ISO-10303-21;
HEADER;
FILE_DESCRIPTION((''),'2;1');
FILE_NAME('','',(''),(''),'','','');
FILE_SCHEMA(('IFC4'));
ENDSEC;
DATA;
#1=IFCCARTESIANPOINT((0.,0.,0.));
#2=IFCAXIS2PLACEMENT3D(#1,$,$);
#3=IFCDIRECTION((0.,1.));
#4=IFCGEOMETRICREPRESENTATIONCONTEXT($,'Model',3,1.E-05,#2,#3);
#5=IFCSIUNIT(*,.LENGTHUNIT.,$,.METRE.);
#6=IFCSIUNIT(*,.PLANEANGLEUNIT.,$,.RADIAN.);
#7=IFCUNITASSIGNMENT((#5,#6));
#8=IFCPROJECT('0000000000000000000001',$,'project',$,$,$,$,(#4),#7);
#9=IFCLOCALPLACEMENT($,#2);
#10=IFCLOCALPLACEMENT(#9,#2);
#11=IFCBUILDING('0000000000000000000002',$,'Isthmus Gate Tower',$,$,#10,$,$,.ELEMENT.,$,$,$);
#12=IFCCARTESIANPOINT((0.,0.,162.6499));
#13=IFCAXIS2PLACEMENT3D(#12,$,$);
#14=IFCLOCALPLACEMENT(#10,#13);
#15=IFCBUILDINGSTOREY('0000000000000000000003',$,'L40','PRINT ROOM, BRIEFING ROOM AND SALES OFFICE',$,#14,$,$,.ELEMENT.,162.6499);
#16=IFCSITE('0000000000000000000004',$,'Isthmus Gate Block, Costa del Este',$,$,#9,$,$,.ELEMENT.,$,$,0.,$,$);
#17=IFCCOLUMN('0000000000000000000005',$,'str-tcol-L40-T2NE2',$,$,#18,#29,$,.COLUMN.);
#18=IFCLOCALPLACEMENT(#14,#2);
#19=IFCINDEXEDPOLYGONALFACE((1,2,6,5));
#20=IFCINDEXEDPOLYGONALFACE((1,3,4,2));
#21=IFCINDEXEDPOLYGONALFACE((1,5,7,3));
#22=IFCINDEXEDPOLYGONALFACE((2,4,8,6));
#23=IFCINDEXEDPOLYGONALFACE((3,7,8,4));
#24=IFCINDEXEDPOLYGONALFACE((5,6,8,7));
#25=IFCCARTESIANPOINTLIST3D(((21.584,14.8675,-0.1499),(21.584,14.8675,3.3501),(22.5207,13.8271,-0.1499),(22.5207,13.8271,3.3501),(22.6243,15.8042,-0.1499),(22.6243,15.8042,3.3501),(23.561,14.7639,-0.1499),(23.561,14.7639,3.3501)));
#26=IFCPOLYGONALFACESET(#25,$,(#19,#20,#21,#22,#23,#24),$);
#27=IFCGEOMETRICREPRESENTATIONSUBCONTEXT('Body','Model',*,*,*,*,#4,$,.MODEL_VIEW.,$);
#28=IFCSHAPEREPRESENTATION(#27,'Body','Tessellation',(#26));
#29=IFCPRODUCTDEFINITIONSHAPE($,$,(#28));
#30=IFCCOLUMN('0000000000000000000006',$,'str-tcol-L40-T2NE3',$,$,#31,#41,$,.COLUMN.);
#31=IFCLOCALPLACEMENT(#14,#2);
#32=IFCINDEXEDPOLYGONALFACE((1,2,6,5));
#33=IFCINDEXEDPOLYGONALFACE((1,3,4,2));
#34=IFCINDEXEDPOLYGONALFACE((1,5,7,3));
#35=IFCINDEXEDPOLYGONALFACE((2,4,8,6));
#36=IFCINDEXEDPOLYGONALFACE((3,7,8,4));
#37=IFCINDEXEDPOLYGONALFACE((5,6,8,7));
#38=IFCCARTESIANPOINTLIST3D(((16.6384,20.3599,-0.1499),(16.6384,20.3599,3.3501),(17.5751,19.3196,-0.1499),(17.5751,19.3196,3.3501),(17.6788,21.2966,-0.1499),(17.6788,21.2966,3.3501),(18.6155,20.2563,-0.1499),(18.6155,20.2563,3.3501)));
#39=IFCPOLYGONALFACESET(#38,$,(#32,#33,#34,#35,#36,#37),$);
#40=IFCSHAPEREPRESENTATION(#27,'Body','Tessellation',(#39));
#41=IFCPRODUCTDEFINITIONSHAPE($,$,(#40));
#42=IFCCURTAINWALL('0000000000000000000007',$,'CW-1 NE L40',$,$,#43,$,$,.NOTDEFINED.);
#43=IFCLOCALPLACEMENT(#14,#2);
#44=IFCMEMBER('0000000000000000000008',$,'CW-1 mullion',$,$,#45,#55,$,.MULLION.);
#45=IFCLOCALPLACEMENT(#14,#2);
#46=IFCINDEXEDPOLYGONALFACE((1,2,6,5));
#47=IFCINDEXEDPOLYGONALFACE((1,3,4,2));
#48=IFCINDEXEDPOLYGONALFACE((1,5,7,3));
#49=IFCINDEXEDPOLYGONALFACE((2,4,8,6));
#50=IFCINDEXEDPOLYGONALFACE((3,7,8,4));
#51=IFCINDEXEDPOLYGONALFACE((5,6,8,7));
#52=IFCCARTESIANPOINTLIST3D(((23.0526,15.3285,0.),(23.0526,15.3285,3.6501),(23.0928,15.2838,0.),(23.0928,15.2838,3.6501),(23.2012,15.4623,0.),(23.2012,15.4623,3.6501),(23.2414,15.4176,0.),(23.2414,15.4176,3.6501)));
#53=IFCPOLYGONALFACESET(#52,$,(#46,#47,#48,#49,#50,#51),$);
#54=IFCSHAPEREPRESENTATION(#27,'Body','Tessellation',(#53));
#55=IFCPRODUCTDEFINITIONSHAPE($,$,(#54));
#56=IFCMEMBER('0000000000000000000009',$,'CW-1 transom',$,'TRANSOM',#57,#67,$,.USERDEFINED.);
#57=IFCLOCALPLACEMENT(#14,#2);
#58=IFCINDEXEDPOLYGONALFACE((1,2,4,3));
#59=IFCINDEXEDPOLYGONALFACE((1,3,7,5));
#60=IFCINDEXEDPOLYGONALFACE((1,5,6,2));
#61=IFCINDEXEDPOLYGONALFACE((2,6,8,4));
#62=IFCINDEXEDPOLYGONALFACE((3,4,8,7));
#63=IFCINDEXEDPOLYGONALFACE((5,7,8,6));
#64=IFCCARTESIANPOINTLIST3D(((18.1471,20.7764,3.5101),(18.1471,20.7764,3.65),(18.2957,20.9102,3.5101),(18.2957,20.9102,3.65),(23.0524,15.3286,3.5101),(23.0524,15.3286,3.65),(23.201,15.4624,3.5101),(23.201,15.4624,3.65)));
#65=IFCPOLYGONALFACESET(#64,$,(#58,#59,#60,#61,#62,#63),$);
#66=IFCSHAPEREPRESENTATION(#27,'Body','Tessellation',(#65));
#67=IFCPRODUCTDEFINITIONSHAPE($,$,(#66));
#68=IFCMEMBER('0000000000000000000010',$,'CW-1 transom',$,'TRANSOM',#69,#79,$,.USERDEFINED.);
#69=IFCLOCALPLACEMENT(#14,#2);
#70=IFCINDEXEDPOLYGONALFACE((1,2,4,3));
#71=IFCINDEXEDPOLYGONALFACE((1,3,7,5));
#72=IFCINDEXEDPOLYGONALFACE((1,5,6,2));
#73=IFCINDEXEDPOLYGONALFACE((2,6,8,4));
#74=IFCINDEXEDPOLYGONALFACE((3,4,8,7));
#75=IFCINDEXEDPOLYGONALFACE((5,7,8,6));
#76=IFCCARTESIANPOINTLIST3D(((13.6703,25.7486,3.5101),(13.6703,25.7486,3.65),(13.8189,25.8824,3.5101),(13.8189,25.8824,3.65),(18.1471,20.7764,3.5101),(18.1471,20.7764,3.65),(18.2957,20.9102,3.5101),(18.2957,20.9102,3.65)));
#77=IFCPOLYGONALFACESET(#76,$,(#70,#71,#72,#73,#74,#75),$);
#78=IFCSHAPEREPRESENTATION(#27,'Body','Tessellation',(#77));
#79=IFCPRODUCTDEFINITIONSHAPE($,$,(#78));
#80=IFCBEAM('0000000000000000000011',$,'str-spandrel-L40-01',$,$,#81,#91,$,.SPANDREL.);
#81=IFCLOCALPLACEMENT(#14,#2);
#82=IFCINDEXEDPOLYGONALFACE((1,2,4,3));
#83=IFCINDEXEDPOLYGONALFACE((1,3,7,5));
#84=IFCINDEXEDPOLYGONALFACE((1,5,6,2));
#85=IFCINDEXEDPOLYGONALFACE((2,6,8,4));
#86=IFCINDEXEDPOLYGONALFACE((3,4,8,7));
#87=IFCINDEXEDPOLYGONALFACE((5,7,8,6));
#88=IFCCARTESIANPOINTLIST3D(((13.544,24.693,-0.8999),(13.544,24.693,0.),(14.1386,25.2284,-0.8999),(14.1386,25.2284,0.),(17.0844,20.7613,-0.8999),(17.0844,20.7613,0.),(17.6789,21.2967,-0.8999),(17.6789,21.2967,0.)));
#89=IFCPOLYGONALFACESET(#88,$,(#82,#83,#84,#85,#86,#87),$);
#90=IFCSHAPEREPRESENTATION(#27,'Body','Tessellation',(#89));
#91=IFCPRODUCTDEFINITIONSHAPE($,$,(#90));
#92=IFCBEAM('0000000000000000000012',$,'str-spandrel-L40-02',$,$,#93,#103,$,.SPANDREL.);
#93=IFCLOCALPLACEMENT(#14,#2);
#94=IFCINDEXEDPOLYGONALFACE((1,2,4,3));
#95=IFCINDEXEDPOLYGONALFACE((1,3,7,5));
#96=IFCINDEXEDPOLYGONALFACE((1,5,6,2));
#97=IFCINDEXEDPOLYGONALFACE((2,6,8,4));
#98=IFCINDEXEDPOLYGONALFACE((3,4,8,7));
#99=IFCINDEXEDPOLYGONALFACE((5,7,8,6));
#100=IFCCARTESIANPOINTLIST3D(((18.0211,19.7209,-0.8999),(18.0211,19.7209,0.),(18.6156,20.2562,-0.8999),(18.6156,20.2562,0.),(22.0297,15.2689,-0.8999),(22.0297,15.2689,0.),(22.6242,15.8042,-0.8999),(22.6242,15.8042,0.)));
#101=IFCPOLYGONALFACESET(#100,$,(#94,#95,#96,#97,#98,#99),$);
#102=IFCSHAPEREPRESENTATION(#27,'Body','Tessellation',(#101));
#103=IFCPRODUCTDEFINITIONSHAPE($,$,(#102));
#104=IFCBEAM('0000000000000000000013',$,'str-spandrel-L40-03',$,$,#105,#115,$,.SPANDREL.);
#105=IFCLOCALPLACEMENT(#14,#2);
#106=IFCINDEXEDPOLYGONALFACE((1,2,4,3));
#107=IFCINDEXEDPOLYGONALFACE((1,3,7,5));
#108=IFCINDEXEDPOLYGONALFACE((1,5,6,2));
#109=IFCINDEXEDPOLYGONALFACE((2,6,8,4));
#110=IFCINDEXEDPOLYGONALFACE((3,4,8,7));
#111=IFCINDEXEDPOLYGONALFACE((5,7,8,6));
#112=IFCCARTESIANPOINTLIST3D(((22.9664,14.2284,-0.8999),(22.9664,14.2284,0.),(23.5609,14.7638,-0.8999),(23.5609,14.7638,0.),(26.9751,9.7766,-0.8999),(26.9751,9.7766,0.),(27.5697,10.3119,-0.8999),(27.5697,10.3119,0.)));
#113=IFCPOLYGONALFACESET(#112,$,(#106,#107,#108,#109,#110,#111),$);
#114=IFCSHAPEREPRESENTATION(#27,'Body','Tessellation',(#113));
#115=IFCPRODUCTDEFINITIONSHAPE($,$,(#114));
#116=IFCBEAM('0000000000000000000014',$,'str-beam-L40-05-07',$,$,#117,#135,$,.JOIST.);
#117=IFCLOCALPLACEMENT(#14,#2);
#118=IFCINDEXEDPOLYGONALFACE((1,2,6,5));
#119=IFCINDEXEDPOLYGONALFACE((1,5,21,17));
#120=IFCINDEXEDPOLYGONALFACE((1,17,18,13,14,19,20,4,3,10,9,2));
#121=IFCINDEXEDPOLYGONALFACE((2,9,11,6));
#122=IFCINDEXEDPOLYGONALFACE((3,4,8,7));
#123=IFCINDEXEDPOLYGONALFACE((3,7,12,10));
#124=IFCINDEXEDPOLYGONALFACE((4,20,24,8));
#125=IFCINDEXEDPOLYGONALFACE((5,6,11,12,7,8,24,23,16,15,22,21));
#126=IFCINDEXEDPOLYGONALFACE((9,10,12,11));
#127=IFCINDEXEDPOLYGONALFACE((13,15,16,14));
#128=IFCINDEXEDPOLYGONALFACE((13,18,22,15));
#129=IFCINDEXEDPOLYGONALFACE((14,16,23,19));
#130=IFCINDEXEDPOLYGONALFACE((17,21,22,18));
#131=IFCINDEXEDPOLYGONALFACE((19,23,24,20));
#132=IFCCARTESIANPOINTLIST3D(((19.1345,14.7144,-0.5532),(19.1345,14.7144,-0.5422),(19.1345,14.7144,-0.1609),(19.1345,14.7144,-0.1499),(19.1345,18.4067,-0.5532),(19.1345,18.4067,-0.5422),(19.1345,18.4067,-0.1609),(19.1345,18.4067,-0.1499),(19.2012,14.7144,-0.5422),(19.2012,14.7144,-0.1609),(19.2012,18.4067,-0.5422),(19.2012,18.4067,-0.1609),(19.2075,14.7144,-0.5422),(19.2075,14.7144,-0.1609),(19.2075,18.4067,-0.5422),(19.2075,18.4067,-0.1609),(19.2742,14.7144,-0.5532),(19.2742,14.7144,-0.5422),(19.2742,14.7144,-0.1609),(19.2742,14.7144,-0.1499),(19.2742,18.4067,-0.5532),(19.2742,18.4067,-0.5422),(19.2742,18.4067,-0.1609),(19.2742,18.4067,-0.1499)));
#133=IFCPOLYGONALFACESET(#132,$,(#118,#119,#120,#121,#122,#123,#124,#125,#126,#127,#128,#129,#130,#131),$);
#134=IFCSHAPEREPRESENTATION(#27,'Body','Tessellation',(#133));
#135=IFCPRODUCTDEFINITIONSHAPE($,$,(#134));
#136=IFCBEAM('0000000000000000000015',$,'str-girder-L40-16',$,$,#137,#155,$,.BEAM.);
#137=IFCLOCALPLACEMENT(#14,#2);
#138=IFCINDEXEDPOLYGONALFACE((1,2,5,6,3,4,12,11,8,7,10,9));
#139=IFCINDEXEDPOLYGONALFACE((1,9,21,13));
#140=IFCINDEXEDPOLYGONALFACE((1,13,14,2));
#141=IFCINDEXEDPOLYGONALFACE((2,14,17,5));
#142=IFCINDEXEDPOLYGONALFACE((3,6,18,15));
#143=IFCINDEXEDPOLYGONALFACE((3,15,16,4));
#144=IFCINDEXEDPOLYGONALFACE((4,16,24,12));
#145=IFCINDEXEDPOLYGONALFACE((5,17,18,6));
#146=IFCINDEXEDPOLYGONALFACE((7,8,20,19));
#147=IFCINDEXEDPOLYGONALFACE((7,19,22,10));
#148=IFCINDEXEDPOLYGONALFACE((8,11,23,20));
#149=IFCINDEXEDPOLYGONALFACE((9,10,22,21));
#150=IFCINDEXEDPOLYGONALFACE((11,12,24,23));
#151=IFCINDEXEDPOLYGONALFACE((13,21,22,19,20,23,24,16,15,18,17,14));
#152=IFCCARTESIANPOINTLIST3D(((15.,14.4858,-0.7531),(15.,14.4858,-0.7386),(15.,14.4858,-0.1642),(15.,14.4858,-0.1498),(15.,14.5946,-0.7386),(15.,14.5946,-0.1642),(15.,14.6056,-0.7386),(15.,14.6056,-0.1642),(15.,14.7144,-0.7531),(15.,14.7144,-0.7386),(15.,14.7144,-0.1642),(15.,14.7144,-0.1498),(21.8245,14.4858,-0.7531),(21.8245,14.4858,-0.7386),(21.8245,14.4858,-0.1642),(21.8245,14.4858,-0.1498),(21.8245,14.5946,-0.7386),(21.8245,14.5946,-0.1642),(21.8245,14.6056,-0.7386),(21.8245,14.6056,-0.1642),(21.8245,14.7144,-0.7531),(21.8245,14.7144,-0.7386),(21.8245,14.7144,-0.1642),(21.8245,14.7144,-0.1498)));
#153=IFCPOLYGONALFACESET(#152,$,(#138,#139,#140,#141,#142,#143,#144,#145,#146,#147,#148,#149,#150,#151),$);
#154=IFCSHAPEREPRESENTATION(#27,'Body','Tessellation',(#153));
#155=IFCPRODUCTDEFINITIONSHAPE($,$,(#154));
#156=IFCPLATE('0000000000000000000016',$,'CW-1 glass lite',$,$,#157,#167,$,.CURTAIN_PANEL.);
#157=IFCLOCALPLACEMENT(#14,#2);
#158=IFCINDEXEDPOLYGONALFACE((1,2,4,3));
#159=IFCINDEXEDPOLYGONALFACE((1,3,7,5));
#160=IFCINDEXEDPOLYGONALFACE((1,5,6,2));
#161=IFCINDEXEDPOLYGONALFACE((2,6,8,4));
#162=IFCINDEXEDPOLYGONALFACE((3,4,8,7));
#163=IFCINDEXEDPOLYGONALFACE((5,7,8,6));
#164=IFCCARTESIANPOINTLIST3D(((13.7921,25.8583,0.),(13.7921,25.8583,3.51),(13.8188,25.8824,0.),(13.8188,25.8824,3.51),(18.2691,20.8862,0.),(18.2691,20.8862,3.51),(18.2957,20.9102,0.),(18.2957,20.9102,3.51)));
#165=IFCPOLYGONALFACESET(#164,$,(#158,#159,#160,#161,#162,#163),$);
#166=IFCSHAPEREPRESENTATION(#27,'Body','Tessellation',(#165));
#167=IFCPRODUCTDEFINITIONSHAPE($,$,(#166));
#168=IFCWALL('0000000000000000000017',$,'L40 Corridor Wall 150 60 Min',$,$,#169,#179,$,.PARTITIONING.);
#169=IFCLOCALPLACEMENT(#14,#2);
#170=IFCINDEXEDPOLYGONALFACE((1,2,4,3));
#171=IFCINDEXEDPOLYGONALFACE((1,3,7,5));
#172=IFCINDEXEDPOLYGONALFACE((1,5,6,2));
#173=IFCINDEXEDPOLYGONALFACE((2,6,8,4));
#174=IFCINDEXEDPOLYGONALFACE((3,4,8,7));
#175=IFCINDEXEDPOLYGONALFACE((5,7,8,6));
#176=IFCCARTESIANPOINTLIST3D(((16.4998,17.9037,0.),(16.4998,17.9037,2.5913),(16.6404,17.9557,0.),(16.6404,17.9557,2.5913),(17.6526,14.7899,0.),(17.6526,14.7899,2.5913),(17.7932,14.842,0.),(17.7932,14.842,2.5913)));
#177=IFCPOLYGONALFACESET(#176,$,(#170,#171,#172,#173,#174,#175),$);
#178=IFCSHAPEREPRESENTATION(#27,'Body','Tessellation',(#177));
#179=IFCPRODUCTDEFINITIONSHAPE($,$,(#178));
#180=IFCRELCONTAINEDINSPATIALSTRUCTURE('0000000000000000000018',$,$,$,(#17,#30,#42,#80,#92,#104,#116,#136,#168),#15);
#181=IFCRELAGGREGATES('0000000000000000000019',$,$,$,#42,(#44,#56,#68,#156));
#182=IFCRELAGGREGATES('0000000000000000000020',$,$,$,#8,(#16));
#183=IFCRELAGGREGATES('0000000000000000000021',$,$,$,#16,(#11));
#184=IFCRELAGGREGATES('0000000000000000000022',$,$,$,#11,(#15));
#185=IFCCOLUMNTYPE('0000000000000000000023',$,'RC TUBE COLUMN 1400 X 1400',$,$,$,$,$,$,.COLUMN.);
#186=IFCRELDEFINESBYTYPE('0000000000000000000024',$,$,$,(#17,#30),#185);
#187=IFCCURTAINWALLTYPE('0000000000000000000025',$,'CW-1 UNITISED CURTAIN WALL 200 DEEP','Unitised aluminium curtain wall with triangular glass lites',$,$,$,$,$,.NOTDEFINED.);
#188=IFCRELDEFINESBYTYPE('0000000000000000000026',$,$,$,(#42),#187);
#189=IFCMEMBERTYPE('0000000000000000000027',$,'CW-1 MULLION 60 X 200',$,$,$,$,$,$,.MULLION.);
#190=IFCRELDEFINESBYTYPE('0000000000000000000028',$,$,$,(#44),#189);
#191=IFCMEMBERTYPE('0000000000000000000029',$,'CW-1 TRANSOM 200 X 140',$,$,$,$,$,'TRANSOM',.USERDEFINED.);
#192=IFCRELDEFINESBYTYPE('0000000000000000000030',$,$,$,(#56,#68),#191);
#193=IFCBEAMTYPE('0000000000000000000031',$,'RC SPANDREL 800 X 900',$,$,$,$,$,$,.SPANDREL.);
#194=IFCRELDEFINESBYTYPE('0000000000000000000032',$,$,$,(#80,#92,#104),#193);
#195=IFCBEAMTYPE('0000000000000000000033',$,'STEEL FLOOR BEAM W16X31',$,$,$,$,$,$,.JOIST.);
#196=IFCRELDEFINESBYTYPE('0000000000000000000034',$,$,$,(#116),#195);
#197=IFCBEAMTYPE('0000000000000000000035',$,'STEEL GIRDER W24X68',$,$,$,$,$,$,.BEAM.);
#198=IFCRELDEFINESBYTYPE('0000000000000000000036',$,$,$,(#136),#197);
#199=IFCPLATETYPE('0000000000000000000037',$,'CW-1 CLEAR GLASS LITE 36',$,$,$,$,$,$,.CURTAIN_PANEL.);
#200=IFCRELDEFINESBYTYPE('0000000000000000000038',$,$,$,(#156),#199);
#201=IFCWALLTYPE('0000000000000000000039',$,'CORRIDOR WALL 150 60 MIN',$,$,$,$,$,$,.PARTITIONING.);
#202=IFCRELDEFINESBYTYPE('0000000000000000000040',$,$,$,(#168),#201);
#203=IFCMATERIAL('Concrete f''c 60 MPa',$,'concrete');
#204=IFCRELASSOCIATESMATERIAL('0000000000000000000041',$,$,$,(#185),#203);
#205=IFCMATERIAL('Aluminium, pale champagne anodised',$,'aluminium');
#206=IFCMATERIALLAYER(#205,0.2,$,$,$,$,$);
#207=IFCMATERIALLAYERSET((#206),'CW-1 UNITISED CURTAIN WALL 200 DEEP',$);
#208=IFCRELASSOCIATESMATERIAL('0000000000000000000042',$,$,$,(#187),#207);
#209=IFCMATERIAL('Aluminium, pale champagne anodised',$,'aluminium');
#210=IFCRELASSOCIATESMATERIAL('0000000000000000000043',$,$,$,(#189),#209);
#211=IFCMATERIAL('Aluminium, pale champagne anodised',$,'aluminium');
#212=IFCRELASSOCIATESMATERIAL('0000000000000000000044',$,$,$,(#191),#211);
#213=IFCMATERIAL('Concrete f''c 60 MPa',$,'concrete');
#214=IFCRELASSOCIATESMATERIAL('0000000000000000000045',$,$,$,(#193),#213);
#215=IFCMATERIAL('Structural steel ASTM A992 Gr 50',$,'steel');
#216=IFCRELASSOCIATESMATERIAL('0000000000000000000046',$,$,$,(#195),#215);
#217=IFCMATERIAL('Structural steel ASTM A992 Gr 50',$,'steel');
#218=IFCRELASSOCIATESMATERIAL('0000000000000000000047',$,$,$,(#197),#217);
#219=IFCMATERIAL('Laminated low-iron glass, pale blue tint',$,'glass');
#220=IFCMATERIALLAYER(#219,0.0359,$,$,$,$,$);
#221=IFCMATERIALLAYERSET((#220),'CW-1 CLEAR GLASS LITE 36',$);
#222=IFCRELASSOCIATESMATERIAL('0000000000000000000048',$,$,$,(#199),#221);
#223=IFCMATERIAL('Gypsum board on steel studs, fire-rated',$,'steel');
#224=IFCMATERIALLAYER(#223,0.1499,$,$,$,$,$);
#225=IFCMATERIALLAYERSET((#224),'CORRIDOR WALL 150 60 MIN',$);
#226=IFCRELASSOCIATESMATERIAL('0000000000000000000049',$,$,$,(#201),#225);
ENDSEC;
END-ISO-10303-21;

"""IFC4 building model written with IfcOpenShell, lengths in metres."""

from ifc_helpers import new_model, si_unit, direction, frame, frame_2d, origin, origin_2d, place, context, subcontext, project, spatial, rectangle, i_section, extrude, material, layer, layer_set, material_profile, profile_set, type_object, element, aggregate, save


model = new_model("IFC4")

# Units and contexts
model_context = context("Model", 3, precision=1e-05, world=origin(), true_north=direction((0.0, 1.0)))
body_context = subcontext(model_context, "Body", "Model", "MODEL_VIEW")
ifc_project = project(units=[si_unit("LENGTHUNIT", "METRE"), si_unit("PLANEANGLEUNIT", "RADIAN")], contexts=[model_context])

# Site, building, storey
site_placement = place(None, origin())
site = spatial("IfcSite", under=ifc_project, at=site_placement, Name="Isthmus Gate Block, Costa del Este", CompositionType="ELEMENT", RefElevation=0.0)
building_placement = place(site_placement, origin())
building = spatial("IfcBuilding", under=site, at=building_placement, Name="Isthmus Gate Tower", CompositionType="ELEMENT")
storey_placement = place(building_placement, frame((0.0, 0.0, 162.6499)))
storey = spatial("IfcBuildingStorey", under=building, at=storey_placement, Name="L40", Description="PRINT ROOM, BRIEFING ROOM AND SALES OFFICE", CompositionType="ELEMENT", Elevation=162.6499)

# Columns
ifc_material_1 = material(Name="Concrete f'c 60 MPa", Category="concrete")
ifc_material_profile_1 = material_profile(ifc_material_1, rectangle(XDim=1.3999, YDim=1.3999, at=origin_2d()), Name="RC 1400X1400")
ifc_profile_set_1 = profile_set([ifc_material_profile_1], Name="Concrete f'c 60 MPa")
column_type = type_object("IfcColumnType", Name="RC TUBE COLUMN 1400 X 1400", PredefinedType="COLUMN", material=ifc_profile_set_1)
for number, where, z_axis, x_axis, name in (
    (1, (22.5725, 14.8157, -0.1499), (0.0, 0.0, 1.0), (-0.669131, 0.743145, 0.0), "str-tcol-L40-T2NE2"),
    (2, (17.627, 20.3081, -0.1499), (0.0, 0.0, 1.0), (-0.669131, 0.743145, 0.0), "str-tcol-L40-T2NE3"),
):
    element("IfcColumn", number, at=place(storey_placement, frame(where, z_axis=z_axis, x_axis=x_axis)), inside=storey, type_object=column_type, Name=name, PredefinedType="COLUMN", context=body_context, shape_type="SweptSolid", body=[
        extrude(rectangle(XDim=1.3999, YDim=1.3999, at=origin_2d()), origin(), (0.0, 0.0, 1.0), 3.5),
    ])

# Curtain wall, members
ifc_material_2 = material(Name="Aluminium, pale champagne anodised", Category="aluminium")
ifc_layer_1 = layer(ifc_material_2, 0.2)
ifc_layer_set_1 = layer_set([ifc_layer_1], Name="CW-1 UNITISED CURTAIN WALL 200 DEEP")
curtain_wall_type = type_object("IfcCurtainWallType", Name="CW-1 UNITISED CURTAIN WALL 200 DEEP", Description="Unitised aluminium curtain wall with triangular glass lites", PredefinedType="NOTDEFINED", material=ifc_layer_set_1)
curtain_wall_placement = place(storey_placement, origin())
curtain_wall = element("IfcCurtainWall", 3, at=curtain_wall_placement, inside=storey, type_object=curtain_wall_type, Name="CW-1 NE L40", PredefinedType="NOTDEFINED")
ifc_material_3 = material(Name="Aluminium, pale champagne anodised", Category="aluminium")
ifc_material_profile_2 = material_profile(ifc_material_3, rectangle(XDim=0.0601, YDim=0.2, at=origin_2d()), Name="60x200")
ifc_profile_set_2 = profile_set([ifc_material_profile_2], Name="Aluminium, pale champagne anodised")
member_type_1 = type_object("IfcMemberType", Name="CW-1 MULLION 60 X 200", PredefinedType="MULLION", material=ifc_profile_set_2)
member_1_placement = place(storey_placement, frame((23.147, 15.373, 0.0), z_axis=(0.0, 0.0, 1.0), x_axis=(-0.669131, 0.743145, 0.0)))
member_1 = element("IfcMember", 4, at=member_1_placement, type_object=member_type_1, Name="CW-1 mullion", PredefinedType="MULLION", context=body_context, shape_type="SweptSolid", body=[
    extrude(rectangle(XDim=0.0601, YDim=0.2, at=origin_2d()), origin(), (0.0, 0.0, 1.0), 3.6501),
])
ifc_material_4 = material(Name="Aluminium, pale champagne anodised", Category="aluminium")
ifc_material_profile_3 = material_profile(ifc_material_4, rectangle(XDim=0.2, YDim=0.1399, at=origin_2d()), Name="200x140")
ifc_profile_set_3 = profile_set([ifc_material_profile_3], Name="Aluminium, pale champagne anodised")
member_type_2 = type_object("IfcMemberType", Name="CW-1 TRANSOM 200 X 140", ElementType="TRANSOM", PredefinedType="USERDEFINED", material=ifc_profile_set_3)
member_2_placement = place(storey_placement, frame((23.1267, 15.3955, 3.5801), z_axis=(-0.669138, 0.743138, 0.0), x_axis=(-0.743138, -0.669138, 0.0)))
member_2 = element("IfcMember", 5, at=member_2_placement, type_object=member_type_2, Name="CW-1 transom", ObjectType="TRANSOM", PredefinedType="USERDEFINED", context=body_context, shape_type="SweptSolid", body=[
    extrude(rectangle(XDim=0.2, YDim=0.1399, at=origin_2d()), origin(), (0.0, 0.0, 1.0), 7.3308),
])
member_3_placement = place(storey_placement, frame((18.2214, 20.8433, 3.5801), z_axis=(-0.669118, 0.743156, 0.0), x_axis=(-0.743156, -0.669118, 0.0)))
member_3 = element("IfcMember", 6, at=member_3_placement, type_object=member_type_2, Name="CW-1 transom", ObjectType="TRANSOM", PredefinedType="USERDEFINED", context=body_context, shape_type="SweptSolid", body=[
    extrude(rectangle(XDim=0.2, YDim=0.1399, at=origin_2d()), origin(), (0.0, 0.0, 1.0), 6.6907),
])

# Beams
ifc_material_5 = material(Name="Concrete f'c 60 MPa", Category="concrete")
ifc_material_profile_4 = material_profile(ifc_material_5, rectangle(XDim=0.8, YDim=0.8999, at=origin_2d()), Name="RC 800X900")
ifc_profile_set_4 = profile_set([ifc_material_profile_4], Name="Concrete f'c 60 MPa")
beam_type_1 = type_object("IfcBeamType", Name="RC SPANDREL 800 X 900", PredefinedType="SPANDREL", material=ifc_profile_set_4)
beam_1_placement = place(storey_placement, frame((13.8413, 24.9607, -0.45), z_axis=(0.669153, -0.743124, 0.0), x_axis=(0.743124, 0.669153, 0.0)))
element("IfcBeam", 7, at=beam_1_placement, inside=storey, type_object=beam_type_1, Name="str-spandrel-L40-01", PredefinedType="SPANDREL", context=body_context, shape_type="SweptSolid", body=[
    extrude(rectangle(XDim=0.8, YDim=0.8999, at=origin_2d()), origin(), (0.0, 0.0, 1.0), 5.2908),
])
for number, where, z_axis, x_axis, name in (
    (8, (18.3184, 19.9885, -0.45), (0.669134, -0.743142, 0.0), (0.743142, 0.669134, 0.0), "str-spandrel-L40-02"),
    (9, (23.2637, 14.4961, -0.45), (0.669156, -0.743122, 0.0), (0.743122, 0.669156, 0.0), "str-spandrel-L40-03"),
):
    element("IfcBeam", number, at=place(storey_placement, frame(where, z_axis=z_axis, x_axis=x_axis)), inside=storey, type_object=beam_type_1, Name=name, PredefinedType="SPANDREL", context=body_context, shape_type="SweptSolid", body=[
        extrude(rectangle(XDim=0.8, YDim=0.8999, at=origin_2d()), origin(), (0.0, 0.0, 1.0), 5.9907),
    ])
ifc_material_6 = material(Name="Structural steel ASTM A992 Gr 50", Category="steel")
ifc_material_profile_5 = material_profile(ifc_material_6, i_section(OverallWidth=0.1396, OverallDepth=0.4033, WebThickness=0.0063, FlangeThickness=0.011, at=origin_2d()), Name="W16X31")
ifc_profile_set_5 = profile_set([ifc_material_profile_5], Name="Structural steel ASTM A992 Gr 50")
beam_type_2 = type_object("IfcBeamType", Name="STEEL FLOOR BEAM W16X31", PredefinedType="JOIST", material=ifc_profile_set_5)
beam_2_placement = place(storey_placement, frame((19.2043, 14.7144, -0.3516), z_axis=(0.0, 1.0, 0.0), x_axis=(-1.0, 0.0, 0.0)))
element("IfcBeam", 10, at=beam_2_placement, inside=storey, type_object=beam_type_2, Name="str-beam-L40-05-07", PredefinedType="JOIST", context=body_context, shape_type="SweptSolid", body=[
    extrude(i_section(OverallWidth=0.1396, OverallDepth=0.4033, WebThickness=0.0063, FlangeThickness=0.011, at=origin_2d()), origin(), (0.0, 0.0, 1.0), 3.6924),
])
ifc_material_7 = material(Name="Structural steel ASTM A992 Gr 50", Category="steel")
ifc_material_profile_6 = material_profile(ifc_material_7, i_section(OverallWidth=0.2285, OverallDepth=0.6033, WebThickness=0.011, FlangeThickness=0.0144, at=origin_2d()), Name="W24X68")
ifc_profile_set_6 = profile_set([ifc_material_profile_6], Name="Structural steel ASTM A992 Gr 50")
beam_type_3 = type_object("IfcBeamType", Name="STEEL GIRDER W24X68", PredefinedType="BEAM", material=ifc_profile_set_6)
beam_3_placement = place(storey_placement, frame((15.0, 14.6001, -0.4514), z_axis=(1.0, 0.0, 0.0), x_axis=(0.0, 1.0, 0.0)))
element("IfcBeam", 11, at=beam_3_placement, inside=storey, type_object=beam_type_3, Name="str-girder-L40-16", PredefinedType="BEAM", context=body_context, shape_type="SweptSolid", body=[
    extrude(i_section(OverallWidth=0.2285, OverallDepth=0.6033, WebThickness=0.011, FlangeThickness=0.0144, at=origin_2d()), origin(), (0.0, 0.0, 1.0), 6.8245),
])

# Plate
ifc_material_8 = material(Name="Laminated low-iron glass, pale blue tint", Category="glass")
ifc_layer_2 = layer(ifc_material_8, 0.0359)
ifc_layer_set_2 = layer_set([ifc_layer_2], Name="CW-1 CLEAR GLASS LITE 36")
plate_type = type_object("IfcPlateType", Name="CW-1 CLEAR GLASS LITE 36", PredefinedType="CURTAIN_PANEL", material=ifc_layer_set_2)
plate_placement = place(storey_placement, frame((16.0439, 23.3843, 0.0), z_axis=(0.0, 0.0, 1.0), x_axis=(-0.669131, 0.743145, 0.0)))
plate = element("IfcPlate", 12, at=plate_placement, type_object=plate_type, Name="CW-1 glass lite", PredefinedType="CURTAIN_PANEL", context=body_context, shape_type="SweptSolid", body=[
    extrude(rectangle(XDim=6.6907, YDim=0.0359, at=origin_2d()), origin(), (0.0, 0.0, 1.0), 3.51),
])

# Wall
ifc_material_9 = material(Name="Gypsum board on steel studs, fire-rated", Category="steel")
ifc_layer_3 = layer(ifc_material_9, 0.1499)
ifc_layer_set_3 = layer_set([ifc_layer_3], Name="CORRIDOR WALL 150 60 MIN")
wall_type_1 = type_object("IfcWallType", Name="CORRIDOR WALL 150 60 MIN", PredefinedType="PARTITIONING", material=ifc_layer_set_3)
wall_1_placement = place(storey_placement, frame((16.5701, 17.9297, 0.0), z_axis=(0.0, 0.0, 1.0), x_axis=(0.347204, -0.93779, 0.0)))
element("IfcWall", 13, at=wall_1_placement, inside=storey, type_object=wall_type_1, Name="L40 Corridor Wall 150 60 Min", PredefinedType="PARTITIONING", context=body_context, shape_type="SweptSolid", body=[
    extrude(rectangle(XDim=3.3203, YDim=0.1499, at=frame_2d((1.6602, 0.0))), origin(), (0.0, 0.0, 1.0), 2.5913),
])

aggregate(curtain_wall, [member_1, member_2, member_3, plate])

save(model, "model.ifc")
